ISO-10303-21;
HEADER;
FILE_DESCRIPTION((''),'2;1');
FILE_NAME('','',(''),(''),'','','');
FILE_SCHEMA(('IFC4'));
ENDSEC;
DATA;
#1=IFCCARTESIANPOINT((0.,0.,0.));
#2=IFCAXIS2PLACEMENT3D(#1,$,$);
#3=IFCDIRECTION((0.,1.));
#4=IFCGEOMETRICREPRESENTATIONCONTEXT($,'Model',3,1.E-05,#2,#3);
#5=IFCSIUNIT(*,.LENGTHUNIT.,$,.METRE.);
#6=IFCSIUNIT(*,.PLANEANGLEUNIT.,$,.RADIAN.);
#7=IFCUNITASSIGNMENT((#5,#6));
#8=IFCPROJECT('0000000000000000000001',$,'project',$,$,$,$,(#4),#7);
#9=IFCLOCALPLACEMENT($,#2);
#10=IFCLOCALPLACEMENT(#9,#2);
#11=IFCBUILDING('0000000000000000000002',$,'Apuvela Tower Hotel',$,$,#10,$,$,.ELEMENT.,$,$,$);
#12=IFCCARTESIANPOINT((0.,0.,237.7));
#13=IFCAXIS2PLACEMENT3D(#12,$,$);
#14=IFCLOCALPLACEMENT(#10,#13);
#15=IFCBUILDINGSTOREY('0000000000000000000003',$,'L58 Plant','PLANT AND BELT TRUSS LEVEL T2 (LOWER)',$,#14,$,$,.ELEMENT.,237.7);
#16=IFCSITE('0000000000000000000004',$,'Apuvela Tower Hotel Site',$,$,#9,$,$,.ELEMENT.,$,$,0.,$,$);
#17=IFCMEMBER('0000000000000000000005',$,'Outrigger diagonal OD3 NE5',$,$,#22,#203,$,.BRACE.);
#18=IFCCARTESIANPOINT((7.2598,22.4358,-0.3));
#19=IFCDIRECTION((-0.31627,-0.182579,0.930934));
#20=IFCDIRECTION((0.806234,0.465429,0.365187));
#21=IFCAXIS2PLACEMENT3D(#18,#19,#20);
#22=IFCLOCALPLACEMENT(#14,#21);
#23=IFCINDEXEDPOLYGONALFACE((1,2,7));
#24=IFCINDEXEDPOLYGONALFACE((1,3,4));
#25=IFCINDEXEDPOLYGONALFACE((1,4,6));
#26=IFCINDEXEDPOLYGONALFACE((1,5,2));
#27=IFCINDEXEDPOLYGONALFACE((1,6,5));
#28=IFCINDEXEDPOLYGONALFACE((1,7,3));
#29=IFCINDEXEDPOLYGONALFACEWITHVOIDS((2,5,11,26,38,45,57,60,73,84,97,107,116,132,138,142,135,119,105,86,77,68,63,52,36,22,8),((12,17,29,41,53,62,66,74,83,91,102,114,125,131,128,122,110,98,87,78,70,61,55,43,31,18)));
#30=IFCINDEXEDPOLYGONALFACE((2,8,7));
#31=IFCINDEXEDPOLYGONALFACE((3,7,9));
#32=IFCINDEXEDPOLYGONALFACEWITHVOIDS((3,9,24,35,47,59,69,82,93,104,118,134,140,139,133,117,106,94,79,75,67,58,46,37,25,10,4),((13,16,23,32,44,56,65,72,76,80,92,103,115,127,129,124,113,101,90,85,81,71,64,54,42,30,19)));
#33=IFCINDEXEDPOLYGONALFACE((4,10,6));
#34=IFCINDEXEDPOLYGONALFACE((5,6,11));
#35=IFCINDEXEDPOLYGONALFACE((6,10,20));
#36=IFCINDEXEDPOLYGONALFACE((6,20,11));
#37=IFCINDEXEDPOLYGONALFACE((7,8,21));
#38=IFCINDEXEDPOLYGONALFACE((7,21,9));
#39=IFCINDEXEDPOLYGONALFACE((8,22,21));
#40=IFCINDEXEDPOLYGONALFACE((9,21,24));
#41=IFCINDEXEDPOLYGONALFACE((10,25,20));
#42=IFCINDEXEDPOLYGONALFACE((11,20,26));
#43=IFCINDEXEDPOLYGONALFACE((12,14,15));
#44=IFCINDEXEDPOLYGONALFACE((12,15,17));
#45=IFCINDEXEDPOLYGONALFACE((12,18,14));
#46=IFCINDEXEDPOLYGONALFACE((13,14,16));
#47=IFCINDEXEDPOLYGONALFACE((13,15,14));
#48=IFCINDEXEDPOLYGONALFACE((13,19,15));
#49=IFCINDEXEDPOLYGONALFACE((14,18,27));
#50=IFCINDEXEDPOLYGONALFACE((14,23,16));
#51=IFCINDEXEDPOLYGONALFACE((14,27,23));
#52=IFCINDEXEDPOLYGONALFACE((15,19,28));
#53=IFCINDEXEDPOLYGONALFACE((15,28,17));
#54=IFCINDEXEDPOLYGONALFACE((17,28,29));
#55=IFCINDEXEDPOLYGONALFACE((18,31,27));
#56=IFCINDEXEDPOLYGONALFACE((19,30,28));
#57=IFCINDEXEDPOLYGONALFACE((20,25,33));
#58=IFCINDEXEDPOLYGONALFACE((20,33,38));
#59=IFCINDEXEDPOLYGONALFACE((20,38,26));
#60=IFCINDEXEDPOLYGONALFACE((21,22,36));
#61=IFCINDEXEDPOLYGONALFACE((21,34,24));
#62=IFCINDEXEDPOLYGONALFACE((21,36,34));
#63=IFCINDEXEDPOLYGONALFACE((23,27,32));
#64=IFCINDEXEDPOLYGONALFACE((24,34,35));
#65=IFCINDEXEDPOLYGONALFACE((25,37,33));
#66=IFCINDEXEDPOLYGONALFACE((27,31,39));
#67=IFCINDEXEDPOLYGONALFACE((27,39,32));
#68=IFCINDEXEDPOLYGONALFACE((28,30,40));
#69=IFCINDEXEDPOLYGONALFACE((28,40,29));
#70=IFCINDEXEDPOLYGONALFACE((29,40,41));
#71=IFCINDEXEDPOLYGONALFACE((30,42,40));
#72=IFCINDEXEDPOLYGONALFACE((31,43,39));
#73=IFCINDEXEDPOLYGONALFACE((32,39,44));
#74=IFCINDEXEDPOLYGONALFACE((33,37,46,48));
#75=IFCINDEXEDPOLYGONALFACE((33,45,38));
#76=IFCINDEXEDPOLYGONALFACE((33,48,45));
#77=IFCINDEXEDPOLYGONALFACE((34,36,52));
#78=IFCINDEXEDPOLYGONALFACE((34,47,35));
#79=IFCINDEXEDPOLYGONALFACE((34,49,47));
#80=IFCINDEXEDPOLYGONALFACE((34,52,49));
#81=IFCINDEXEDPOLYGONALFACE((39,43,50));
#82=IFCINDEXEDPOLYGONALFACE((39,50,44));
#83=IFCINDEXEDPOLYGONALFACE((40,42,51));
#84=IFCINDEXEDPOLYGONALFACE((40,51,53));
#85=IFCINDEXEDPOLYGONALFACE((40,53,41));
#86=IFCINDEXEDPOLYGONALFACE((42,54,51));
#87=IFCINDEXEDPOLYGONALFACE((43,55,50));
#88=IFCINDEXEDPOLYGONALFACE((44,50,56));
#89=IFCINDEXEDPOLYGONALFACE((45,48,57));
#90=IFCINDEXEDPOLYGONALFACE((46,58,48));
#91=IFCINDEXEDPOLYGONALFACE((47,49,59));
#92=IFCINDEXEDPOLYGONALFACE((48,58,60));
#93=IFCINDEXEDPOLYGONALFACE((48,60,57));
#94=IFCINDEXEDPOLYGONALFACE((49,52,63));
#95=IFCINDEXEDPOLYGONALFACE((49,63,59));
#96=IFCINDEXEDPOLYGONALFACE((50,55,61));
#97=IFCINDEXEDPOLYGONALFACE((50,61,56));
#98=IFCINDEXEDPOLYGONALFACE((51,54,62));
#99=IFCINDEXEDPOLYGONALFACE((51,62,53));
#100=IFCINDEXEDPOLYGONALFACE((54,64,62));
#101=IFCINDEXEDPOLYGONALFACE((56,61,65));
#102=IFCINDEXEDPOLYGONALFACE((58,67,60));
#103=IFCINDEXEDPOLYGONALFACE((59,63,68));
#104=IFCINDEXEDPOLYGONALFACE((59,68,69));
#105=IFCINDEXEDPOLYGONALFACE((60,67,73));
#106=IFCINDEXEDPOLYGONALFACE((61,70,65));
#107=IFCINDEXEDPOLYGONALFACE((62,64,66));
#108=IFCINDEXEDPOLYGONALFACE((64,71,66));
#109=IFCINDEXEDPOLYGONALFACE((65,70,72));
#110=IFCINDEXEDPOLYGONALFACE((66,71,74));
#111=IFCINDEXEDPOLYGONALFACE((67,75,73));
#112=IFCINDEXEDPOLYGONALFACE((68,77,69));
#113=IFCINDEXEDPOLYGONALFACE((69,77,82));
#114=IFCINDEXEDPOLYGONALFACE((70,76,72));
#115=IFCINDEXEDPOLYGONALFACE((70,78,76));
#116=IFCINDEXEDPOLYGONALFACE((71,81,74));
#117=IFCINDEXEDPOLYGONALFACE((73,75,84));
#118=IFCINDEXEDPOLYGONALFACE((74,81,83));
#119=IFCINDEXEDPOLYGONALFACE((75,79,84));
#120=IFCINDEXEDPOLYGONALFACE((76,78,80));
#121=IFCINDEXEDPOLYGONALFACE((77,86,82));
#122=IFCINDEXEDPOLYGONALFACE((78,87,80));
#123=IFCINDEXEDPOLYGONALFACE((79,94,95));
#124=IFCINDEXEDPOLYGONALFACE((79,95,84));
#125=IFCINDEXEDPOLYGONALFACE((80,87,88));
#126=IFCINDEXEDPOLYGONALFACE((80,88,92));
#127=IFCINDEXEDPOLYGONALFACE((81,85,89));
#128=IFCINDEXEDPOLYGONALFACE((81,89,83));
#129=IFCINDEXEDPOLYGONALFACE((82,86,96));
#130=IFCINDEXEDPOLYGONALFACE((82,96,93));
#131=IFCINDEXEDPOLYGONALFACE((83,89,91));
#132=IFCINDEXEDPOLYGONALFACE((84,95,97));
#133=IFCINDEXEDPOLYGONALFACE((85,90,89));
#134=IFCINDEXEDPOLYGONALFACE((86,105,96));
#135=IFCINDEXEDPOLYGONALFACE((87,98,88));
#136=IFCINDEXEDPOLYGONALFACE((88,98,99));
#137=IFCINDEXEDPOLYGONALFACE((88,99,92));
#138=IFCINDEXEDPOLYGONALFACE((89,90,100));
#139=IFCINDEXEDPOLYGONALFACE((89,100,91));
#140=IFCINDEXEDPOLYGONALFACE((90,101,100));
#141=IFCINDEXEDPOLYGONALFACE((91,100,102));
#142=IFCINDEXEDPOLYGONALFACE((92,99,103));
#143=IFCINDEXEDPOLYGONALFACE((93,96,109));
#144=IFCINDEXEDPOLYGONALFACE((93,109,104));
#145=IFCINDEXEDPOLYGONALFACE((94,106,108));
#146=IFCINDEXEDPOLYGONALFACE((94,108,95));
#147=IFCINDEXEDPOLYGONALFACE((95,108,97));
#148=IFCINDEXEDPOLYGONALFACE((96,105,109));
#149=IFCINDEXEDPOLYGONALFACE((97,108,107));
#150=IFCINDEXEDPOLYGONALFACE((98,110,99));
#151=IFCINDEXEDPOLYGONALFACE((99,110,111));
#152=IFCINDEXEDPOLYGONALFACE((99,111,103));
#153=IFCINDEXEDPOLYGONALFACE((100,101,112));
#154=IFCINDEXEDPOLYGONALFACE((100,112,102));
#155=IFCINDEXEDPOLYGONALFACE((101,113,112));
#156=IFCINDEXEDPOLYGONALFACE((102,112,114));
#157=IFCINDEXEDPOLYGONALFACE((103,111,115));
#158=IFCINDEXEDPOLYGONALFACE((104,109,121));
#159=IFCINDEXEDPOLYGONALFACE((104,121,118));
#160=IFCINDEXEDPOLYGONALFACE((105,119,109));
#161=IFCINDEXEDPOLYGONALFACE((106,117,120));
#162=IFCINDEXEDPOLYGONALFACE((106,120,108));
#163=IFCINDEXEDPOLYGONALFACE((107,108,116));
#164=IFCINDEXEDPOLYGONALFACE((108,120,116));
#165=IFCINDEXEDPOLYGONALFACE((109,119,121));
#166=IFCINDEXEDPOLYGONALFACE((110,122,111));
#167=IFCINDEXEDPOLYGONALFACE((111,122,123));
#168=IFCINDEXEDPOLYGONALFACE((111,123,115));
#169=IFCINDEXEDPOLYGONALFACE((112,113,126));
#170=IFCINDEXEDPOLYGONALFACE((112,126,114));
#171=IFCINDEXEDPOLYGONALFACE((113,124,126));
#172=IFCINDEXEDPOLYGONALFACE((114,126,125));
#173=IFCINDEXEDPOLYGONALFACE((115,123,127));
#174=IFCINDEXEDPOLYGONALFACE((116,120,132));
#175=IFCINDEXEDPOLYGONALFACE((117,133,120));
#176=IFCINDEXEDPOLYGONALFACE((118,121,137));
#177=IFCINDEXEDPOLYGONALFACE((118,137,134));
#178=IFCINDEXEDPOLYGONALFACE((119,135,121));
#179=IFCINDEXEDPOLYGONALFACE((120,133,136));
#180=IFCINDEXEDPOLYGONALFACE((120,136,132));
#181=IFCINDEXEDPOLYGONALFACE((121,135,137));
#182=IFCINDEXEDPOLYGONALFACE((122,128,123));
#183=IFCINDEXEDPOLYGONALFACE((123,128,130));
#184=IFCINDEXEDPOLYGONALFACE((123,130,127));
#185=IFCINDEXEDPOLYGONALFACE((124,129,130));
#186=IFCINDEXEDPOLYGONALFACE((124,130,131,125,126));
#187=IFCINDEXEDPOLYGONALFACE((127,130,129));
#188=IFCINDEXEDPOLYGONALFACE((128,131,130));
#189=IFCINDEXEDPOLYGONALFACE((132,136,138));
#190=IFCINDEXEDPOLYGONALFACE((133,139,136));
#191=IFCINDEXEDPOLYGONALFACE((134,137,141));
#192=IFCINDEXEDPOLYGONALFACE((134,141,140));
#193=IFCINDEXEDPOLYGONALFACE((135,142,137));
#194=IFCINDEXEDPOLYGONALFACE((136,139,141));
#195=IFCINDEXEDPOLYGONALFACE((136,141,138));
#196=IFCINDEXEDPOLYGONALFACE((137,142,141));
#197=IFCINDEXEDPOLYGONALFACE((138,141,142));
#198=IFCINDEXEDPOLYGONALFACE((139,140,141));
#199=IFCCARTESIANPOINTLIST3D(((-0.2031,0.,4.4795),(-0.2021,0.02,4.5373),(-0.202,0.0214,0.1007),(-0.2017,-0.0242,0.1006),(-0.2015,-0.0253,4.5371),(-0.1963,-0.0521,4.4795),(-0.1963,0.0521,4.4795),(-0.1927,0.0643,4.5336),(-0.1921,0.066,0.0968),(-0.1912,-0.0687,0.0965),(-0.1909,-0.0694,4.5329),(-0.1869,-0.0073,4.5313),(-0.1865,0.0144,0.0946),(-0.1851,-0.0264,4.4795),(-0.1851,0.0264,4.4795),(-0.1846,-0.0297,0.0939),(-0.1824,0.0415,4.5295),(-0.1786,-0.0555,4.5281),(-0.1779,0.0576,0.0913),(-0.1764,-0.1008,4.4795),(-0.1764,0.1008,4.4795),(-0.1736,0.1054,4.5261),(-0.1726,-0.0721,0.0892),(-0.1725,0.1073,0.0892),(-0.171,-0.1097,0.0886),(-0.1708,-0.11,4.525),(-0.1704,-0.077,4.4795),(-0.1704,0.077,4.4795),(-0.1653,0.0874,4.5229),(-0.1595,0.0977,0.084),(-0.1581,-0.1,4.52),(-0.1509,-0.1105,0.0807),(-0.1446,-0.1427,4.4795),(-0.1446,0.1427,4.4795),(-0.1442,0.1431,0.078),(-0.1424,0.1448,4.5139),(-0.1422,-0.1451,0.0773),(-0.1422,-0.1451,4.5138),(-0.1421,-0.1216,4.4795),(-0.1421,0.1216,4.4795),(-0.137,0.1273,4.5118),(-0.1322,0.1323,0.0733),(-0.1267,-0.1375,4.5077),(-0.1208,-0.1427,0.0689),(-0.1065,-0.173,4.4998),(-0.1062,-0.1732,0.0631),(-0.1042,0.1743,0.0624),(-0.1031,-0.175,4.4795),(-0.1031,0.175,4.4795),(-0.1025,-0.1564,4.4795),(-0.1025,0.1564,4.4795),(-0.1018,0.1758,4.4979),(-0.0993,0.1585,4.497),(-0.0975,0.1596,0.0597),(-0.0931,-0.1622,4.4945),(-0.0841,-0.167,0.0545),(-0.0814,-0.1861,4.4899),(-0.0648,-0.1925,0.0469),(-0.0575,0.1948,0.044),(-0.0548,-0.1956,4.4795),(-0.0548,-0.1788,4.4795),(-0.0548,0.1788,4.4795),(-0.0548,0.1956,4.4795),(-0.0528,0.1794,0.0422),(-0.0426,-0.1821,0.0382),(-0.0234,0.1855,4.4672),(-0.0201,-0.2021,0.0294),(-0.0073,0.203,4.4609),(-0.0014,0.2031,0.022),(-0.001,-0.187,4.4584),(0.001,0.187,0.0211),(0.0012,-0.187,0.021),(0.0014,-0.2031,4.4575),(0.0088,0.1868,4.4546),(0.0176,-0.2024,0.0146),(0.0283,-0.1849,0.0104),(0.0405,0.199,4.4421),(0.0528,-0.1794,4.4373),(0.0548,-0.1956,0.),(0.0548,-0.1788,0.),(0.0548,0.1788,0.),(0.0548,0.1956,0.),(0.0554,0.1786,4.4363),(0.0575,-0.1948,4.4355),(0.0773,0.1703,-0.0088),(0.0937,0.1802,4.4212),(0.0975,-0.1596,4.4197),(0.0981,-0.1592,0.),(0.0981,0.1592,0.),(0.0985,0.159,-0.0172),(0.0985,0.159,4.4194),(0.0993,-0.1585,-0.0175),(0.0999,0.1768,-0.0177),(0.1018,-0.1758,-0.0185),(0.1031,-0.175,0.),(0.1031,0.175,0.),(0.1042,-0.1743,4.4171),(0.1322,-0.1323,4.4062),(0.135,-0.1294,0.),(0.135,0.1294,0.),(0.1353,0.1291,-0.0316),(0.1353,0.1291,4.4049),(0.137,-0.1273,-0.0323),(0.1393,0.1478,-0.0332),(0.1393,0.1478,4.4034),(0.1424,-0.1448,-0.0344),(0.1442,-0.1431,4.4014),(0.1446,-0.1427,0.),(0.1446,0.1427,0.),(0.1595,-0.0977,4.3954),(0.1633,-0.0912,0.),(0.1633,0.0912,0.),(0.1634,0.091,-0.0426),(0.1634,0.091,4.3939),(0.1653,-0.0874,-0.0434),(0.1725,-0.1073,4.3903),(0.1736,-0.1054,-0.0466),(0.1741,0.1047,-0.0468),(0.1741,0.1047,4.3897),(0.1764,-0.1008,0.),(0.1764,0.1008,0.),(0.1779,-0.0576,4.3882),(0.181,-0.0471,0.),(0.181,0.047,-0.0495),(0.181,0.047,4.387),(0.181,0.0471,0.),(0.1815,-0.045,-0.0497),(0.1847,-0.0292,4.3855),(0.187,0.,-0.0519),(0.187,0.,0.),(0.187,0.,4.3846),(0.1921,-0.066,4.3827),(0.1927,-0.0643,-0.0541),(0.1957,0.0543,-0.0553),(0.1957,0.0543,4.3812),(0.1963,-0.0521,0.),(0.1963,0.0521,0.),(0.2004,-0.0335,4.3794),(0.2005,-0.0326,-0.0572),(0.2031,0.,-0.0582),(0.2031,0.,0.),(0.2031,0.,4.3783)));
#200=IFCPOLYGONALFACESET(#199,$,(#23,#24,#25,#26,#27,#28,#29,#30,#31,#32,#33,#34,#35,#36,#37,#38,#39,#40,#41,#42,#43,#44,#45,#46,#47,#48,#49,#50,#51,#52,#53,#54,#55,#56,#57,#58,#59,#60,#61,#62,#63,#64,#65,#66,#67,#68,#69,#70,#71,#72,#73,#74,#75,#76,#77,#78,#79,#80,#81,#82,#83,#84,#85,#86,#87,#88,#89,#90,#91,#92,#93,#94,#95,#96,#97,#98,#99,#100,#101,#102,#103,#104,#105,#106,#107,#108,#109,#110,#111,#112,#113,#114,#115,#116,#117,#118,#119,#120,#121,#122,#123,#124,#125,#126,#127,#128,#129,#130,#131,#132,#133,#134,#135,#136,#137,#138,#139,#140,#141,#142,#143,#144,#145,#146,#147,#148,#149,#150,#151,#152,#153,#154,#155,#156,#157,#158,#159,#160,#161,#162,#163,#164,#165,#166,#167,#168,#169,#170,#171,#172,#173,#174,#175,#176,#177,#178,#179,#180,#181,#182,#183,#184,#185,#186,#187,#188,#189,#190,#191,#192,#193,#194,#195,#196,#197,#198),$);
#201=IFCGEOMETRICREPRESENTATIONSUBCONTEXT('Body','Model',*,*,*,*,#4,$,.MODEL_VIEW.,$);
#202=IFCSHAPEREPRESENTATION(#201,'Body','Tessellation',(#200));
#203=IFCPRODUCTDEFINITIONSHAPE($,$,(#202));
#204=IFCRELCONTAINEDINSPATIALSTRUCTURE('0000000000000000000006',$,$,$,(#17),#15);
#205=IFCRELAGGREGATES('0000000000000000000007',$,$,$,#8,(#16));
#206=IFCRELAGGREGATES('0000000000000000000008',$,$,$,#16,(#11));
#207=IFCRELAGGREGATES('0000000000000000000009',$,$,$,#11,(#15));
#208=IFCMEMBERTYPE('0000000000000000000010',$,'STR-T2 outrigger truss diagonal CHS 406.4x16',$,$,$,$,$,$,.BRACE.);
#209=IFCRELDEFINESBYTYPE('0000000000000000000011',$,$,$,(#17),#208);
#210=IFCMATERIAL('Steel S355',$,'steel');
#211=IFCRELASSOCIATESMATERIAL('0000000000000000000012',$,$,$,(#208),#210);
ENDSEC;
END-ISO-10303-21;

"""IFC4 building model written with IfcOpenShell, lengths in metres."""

from ifc_helpers import new_model, si_unit, direction, frame, origin, origin_2d, place, context, subcontext, project, spatial, hollow_circle, extrude, boolean, halfspace, material, material_profile, profile_set, type_object, element, save


model = new_model("IFC4")

# Units and contexts
model_context = context("Model", 3, precision=1e-05, world=origin(), true_north=direction((0.0, 1.0)))
body_context = subcontext(model_context, "Body", "Model", "MODEL_VIEW")
ifc_project = project(units=[si_unit("LENGTHUNIT", "METRE"), si_unit("PLANEANGLEUNIT", "RADIAN")], contexts=[model_context])

# Site, building, storey
site_placement = place(None, origin())
site = spatial("IfcSite", under=ifc_project, at=site_placement, Name="Apuvela Tower Hotel Site", CompositionType="ELEMENT", RefElevation=0.0)
building_placement = place(site_placement, origin())
building = spatial("IfcBuilding", under=site, at=building_placement, Name="Apuvela Tower Hotel", CompositionType="ELEMENT")
storey_placement = place(building_placement, frame((0.0, 0.0, 237.7)))
storey = spatial("IfcBuildingStorey", under=building, at=storey_placement, Name="L58 Plant", Description="PLANT AND BELT TRUSS LEVEL T2 (LOWER)", CompositionType="ELEMENT", Elevation=237.7)

# Member
ifc_material_1 = material(Name="Steel S355", Category="steel")
ifc_material_profile_1 = material_profile(ifc_material_1, hollow_circle(Radius=0.2031, WallThickness=0.0161, at=origin_2d()), Name="CHS 406.4x16")
ifc_profile_set_1 = profile_set([ifc_material_profile_1], Name="Steel S355")
member_type_1 = type_object("IfcMemberType", Name="STR-T2 outrigger truss diagonal CHS 406.4x16", PredefinedType="BRACE", material=ifc_profile_set_1)
member_1_placement = place(storey_placement, frame((7.2598, 22.4358, -0.3), z_axis=(-0.31627, -0.182579, 0.930934), x_axis=(0.806234, 0.465429, 0.365187)))
solid_1 = boolean("DIFFERENCE", boolean("DIFFERENCE", extrude(hollow_circle(Radius=0.2031, WallThickness=0.0161, at=origin_2d()), frame((0.0, 0.0, -0.1997)), (0.0, 0.0, 1.0), 4.8789), halfspace(frame((0.0, 0.0, 0.0215), z_axis=(0.365187, 0.0, 0.930934), x_axis=(0.930934, 0.0, -0.365187)), True)), halfspace(frame((0.0, 0.0, 4.458), z_axis=(0.365187, 0.0, 0.930934), x_axis=(0.930934, 0.0, -0.365187)), False))
element("IfcMember", 1, at=member_1_placement, inside=storey, type_object=member_type_1, Name="Outrigger diagonal OD3 NE5", PredefinedType="BRACE", context=body_context, shape_type="SweptSolid", body=[
    boolean("UNION", boolean("DIFFERENCE", boolean("DIFFERENCE", extrude(hollow_circle(Radius=0.2031, WallThickness=0.0161, at=origin_2d()), origin(), (0.0, 0.0, 1.0), 4.4795), halfspace(frame((0.0, 0.0, 0.0215), z_axis=(0.365187, 0.0, 0.930934), x_axis=(0.930934, 0.0, -0.365187)), True)), halfspace(frame((0.0, 0.0, 4.458), z_axis=(0.365187, 0.0, 0.930934), x_axis=(0.930934, 0.0, -0.365187)), False)), solid_1),
])

save(model, "model.ifc")
